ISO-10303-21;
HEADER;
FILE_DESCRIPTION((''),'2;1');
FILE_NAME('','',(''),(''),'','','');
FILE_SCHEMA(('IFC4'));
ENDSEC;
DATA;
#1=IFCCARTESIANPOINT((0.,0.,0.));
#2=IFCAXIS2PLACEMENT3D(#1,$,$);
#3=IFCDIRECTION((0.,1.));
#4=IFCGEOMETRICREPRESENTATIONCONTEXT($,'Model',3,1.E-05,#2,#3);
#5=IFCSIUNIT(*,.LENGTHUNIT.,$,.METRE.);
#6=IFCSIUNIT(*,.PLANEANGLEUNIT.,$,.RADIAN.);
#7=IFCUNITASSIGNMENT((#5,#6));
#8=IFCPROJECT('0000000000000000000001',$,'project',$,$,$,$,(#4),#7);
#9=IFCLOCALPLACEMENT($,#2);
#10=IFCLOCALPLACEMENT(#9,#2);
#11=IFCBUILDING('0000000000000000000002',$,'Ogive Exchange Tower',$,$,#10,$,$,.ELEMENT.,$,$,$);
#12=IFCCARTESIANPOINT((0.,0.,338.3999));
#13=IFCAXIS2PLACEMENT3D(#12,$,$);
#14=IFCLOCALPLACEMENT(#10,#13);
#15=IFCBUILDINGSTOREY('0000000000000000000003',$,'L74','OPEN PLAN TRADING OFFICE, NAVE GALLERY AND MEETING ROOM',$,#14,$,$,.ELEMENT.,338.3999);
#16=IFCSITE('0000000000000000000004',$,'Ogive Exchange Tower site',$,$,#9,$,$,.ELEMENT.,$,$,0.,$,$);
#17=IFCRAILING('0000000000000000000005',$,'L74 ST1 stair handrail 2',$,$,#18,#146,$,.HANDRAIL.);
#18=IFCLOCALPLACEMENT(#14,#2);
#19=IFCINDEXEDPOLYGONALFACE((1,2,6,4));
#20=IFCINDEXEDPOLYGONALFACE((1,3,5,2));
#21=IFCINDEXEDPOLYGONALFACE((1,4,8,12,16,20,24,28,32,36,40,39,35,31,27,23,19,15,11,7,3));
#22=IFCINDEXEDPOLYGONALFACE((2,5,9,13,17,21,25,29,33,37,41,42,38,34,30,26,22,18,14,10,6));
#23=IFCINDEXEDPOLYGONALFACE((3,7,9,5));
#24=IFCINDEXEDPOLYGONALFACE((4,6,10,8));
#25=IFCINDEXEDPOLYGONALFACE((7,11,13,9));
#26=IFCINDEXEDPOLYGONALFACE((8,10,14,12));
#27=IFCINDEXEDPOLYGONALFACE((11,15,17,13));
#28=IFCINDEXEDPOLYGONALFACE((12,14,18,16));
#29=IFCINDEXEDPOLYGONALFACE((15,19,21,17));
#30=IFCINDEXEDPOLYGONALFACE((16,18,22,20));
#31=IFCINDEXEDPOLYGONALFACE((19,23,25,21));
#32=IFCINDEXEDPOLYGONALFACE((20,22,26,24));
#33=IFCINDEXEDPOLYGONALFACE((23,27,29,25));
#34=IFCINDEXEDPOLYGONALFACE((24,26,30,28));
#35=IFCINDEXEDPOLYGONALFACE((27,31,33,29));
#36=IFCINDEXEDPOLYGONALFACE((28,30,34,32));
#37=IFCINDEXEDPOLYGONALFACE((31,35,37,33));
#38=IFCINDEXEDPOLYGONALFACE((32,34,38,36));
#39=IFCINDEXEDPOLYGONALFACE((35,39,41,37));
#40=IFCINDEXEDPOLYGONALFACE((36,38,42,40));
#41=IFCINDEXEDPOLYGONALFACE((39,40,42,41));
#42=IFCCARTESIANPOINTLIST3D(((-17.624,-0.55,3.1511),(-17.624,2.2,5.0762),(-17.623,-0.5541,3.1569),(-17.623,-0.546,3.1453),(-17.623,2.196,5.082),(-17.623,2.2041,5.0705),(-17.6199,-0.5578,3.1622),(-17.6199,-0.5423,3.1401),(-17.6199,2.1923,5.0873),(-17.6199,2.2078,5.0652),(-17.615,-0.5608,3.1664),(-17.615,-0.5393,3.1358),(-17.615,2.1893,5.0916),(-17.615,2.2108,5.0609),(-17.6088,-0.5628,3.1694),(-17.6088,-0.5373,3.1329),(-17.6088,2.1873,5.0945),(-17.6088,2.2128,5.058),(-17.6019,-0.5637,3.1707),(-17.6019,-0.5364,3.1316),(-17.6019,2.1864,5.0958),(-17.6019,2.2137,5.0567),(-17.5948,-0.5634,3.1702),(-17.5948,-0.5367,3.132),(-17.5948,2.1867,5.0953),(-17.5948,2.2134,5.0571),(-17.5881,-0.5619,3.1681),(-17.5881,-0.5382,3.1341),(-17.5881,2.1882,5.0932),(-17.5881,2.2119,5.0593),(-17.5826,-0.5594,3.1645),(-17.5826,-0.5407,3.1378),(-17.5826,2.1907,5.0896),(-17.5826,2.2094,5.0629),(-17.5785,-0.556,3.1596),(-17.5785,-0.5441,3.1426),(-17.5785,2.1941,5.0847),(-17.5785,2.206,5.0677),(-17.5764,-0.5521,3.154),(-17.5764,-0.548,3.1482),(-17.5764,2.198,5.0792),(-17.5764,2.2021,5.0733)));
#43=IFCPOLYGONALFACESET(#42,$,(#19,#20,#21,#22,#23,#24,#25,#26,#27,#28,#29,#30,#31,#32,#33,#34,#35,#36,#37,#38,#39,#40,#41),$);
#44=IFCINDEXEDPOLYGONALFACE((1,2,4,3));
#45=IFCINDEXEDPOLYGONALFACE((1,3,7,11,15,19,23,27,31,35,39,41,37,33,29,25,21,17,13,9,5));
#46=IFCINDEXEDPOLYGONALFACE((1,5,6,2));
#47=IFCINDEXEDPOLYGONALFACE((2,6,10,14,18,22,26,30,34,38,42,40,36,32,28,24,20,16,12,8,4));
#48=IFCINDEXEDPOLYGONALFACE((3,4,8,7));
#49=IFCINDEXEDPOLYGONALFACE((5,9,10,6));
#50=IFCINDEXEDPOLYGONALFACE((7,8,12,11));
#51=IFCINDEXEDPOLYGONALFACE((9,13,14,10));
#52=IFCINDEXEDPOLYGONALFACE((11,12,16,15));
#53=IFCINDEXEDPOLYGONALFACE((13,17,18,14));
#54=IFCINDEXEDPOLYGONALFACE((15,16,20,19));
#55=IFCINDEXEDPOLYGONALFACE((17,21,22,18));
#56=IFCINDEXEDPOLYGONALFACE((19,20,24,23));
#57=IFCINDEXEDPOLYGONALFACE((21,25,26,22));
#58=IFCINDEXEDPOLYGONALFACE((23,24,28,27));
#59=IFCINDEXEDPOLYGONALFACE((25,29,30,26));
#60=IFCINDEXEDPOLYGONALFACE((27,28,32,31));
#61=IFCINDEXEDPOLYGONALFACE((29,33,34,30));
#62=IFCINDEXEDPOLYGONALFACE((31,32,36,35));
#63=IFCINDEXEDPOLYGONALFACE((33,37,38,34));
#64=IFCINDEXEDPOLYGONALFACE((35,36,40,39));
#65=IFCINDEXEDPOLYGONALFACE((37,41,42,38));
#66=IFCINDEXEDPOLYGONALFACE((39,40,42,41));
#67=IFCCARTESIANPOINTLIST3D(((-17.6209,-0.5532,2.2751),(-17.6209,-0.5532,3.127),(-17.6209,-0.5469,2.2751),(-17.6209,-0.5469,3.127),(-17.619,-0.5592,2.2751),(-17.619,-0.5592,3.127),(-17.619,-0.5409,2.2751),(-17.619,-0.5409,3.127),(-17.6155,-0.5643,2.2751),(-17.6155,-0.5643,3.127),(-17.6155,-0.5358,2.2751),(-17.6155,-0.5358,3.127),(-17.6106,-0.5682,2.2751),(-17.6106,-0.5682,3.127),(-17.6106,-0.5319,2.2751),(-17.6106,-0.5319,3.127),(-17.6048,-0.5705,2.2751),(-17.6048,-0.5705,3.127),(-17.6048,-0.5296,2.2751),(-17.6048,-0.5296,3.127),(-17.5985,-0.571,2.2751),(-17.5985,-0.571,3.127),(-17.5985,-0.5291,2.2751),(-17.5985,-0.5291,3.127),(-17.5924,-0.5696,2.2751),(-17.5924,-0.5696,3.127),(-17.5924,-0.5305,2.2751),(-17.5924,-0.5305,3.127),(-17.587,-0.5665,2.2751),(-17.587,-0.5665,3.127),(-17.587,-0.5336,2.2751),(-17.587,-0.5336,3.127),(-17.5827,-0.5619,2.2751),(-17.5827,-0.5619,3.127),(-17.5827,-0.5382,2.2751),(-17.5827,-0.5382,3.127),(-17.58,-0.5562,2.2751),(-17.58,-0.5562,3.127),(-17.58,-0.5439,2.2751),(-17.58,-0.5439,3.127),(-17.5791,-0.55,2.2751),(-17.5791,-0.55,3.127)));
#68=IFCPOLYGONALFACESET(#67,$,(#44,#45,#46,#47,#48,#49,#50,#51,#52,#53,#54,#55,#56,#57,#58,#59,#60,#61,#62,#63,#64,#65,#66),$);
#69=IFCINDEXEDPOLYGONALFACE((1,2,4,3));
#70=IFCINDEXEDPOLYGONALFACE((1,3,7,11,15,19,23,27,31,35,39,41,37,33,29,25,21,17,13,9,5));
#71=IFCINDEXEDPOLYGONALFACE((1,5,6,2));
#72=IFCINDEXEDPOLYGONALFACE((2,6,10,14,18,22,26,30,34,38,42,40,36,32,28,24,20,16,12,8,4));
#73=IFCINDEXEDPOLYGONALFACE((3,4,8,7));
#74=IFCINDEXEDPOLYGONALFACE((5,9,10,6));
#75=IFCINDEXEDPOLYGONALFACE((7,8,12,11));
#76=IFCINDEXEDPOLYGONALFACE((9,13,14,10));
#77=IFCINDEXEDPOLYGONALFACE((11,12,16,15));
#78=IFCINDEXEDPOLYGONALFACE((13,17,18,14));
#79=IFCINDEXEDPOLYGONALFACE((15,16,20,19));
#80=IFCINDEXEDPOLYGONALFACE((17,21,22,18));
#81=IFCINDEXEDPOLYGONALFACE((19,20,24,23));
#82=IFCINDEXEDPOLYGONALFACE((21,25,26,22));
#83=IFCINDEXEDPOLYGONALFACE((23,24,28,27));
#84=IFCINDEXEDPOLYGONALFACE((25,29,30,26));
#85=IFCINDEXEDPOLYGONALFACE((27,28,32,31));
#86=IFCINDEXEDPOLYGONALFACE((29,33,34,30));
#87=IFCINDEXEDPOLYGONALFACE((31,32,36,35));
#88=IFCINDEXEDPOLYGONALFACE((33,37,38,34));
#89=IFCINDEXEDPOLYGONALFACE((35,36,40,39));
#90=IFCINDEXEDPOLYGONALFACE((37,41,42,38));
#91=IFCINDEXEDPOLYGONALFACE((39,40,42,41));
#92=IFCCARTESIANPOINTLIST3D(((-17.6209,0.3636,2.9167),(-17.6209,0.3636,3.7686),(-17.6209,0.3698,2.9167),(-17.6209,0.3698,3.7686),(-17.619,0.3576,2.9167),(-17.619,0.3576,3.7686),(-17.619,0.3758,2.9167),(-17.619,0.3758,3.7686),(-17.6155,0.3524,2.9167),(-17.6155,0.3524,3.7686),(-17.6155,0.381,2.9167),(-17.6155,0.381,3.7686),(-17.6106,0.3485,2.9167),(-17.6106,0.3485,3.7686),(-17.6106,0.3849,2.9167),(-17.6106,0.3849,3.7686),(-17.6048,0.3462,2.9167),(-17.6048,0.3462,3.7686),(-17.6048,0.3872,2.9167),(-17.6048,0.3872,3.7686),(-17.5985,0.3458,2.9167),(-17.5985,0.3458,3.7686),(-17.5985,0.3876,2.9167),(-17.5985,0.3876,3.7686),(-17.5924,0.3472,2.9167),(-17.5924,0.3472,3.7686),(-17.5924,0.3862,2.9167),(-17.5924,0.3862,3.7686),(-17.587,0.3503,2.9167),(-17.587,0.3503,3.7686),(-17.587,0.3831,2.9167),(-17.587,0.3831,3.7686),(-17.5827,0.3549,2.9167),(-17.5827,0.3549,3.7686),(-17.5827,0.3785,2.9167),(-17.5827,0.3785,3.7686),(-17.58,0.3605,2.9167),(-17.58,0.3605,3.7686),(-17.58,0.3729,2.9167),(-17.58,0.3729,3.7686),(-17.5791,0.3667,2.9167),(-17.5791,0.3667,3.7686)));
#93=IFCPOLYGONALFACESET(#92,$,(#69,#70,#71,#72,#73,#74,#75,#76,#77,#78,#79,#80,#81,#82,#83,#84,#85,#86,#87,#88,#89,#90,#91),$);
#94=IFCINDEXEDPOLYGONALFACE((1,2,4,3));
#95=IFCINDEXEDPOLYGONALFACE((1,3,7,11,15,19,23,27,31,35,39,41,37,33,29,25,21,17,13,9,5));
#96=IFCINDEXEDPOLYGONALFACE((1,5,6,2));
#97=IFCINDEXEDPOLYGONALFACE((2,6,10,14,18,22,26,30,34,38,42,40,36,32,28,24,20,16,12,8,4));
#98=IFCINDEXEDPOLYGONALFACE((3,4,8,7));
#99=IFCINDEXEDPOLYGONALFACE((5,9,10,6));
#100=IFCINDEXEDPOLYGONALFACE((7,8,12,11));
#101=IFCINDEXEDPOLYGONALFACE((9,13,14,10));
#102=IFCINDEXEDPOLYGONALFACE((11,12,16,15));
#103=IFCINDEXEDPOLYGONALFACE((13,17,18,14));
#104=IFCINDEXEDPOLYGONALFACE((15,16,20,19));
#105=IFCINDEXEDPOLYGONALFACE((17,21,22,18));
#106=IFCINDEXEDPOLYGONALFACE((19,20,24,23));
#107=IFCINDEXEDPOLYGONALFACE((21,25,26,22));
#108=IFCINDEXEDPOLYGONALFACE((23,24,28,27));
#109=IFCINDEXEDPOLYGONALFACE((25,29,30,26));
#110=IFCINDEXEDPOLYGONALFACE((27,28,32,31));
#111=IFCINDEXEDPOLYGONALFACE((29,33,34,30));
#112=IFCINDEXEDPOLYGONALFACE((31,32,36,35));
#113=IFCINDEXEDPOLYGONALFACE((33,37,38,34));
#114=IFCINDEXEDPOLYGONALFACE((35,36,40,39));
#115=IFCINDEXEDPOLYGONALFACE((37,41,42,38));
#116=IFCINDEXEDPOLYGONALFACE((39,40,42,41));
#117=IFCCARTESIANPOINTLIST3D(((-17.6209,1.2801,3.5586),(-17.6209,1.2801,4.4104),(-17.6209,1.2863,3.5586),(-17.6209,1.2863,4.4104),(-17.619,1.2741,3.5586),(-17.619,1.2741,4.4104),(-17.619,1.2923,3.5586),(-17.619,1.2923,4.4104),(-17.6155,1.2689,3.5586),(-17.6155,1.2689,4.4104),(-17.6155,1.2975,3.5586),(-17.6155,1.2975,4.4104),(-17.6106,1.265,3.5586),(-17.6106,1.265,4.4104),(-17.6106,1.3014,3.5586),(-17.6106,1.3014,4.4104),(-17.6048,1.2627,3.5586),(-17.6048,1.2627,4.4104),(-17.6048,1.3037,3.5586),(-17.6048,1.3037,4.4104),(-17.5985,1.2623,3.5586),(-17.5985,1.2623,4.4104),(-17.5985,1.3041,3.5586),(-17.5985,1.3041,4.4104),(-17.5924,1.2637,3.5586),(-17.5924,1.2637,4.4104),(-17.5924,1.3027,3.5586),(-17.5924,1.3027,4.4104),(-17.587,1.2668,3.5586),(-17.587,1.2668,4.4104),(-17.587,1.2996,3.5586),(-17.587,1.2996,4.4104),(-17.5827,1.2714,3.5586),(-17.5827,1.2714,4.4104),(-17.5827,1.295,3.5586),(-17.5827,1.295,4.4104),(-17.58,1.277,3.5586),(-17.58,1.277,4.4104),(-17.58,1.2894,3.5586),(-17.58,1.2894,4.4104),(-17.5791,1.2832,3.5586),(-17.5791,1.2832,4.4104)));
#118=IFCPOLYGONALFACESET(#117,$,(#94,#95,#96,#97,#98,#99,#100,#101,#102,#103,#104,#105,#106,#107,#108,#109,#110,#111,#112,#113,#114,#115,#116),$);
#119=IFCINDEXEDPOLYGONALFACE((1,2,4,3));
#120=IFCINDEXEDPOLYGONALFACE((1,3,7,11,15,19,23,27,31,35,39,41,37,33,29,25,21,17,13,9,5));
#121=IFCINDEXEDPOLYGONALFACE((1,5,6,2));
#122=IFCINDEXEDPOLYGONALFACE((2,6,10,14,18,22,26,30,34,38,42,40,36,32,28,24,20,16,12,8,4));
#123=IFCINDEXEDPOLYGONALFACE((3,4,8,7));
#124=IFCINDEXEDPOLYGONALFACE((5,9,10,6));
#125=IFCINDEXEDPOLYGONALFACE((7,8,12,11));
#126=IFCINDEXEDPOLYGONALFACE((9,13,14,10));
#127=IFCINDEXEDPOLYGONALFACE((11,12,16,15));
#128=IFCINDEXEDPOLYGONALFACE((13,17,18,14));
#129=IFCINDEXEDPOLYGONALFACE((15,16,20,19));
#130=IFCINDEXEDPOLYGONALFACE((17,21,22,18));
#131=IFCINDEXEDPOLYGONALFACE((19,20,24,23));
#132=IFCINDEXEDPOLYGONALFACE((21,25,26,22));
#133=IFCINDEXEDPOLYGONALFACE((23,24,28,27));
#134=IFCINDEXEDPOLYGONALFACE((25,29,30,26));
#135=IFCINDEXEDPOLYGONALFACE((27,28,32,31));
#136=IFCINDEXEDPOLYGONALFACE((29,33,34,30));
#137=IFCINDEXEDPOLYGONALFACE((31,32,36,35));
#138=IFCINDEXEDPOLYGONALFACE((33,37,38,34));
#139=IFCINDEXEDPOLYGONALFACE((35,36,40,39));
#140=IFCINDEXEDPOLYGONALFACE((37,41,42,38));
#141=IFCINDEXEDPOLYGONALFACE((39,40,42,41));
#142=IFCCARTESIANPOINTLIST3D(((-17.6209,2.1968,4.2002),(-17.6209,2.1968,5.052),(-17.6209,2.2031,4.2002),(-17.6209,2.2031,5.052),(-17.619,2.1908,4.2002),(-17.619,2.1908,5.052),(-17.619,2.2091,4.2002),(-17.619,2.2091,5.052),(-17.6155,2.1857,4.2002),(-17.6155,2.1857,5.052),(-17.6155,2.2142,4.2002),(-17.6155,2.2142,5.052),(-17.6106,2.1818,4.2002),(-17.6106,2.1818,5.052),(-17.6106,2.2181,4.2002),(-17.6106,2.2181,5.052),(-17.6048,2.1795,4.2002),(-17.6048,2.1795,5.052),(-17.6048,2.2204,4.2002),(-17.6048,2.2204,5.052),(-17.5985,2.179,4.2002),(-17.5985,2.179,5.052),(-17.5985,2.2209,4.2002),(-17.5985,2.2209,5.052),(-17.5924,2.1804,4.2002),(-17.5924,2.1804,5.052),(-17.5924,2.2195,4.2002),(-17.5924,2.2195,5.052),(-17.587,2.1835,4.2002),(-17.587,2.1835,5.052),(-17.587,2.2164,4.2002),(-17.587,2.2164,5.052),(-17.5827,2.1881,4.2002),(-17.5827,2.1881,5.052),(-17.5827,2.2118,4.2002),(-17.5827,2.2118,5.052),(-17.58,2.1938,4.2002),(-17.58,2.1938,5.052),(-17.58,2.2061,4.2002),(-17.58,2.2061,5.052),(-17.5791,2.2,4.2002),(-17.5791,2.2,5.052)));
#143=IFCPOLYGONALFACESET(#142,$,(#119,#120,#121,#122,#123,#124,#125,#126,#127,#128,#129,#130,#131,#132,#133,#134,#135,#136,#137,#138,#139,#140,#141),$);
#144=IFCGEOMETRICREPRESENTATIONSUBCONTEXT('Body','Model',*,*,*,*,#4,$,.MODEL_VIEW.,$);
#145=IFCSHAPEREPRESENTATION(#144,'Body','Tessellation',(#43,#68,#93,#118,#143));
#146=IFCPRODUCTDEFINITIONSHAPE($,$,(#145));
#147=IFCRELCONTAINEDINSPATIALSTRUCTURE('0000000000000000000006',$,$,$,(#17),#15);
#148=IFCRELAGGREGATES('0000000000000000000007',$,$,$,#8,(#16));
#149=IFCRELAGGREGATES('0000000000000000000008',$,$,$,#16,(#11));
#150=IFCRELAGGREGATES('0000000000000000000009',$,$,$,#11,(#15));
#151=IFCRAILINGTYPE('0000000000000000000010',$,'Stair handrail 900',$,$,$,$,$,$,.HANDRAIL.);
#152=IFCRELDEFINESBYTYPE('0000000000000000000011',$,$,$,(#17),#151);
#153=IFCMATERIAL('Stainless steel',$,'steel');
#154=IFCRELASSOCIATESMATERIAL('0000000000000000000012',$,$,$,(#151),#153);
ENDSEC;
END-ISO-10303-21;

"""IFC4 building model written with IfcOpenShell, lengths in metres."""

from ifc_helpers import new_model, si_unit, direction, frame, origin, origin_2d, place, context, subcontext, project, spatial, circle, extrude, material, type_object, element, save


model = new_model("IFC4")

# Units and contexts
model_context = context("Model", 3, precision=1e-05, world=origin(), true_north=direction((0.0, 1.0)))
body_context = subcontext(model_context, "Body", "Model", "MODEL_VIEW")
ifc_project = project(units=[si_unit("LENGTHUNIT", "METRE"), si_unit("PLANEANGLEUNIT", "RADIAN")], contexts=[model_context])

# Site, building, storey
site_placement = place(None, origin())
site = spatial("IfcSite", under=ifc_project, at=site_placement, Name="Ogive Exchange Tower site", CompositionType="ELEMENT", RefElevation=0.0)
building_placement = place(site_placement, origin())
building = spatial("IfcBuilding", under=site, at=building_placement, Name="Ogive Exchange Tower", CompositionType="ELEMENT")
storey_placement = place(building_placement, frame((0.0, 0.0, 338.3999)))
storey = spatial("IfcBuildingStorey", under=building, at=storey_placement, Name="L74", Description="OPEN PLAN TRADING OFFICE, NAVE GALLERY AND MEETING ROOM", CompositionType="ELEMENT", Elevation=338.3999)

# Shared definitions
ifc_material_1 = material(Name="Stainless steel", Category="steel")

# Railing
railing_type = type_object("IfcRailingType", Name="Stair handrail 900", PredefinedType="HANDRAIL", material=ifc_material_1)
railing_placement = place(storey_placement, frame((-17.6001, -0.55, 2.2751)))
element("IfcRailing", 1, at=railing_placement, inside=storey, type_object=railing_type, Name="L74 ST1 stair handrail 2", PredefinedType="HANDRAIL", context=body_context, shape_type="SweptSolid", body=[
    extrude(circle(Radius=0.0239, at=origin_2d()), frame((0.0, 0.0, 0.876), z_axis=(0.0, 0.819225, 0.573472), x_axis=(-1.0, 0.0, 0.0)), (0.0, 0.0, 1.0), 3.3569),
    extrude(circle(Radius=0.021, at=origin_2d()), origin(), (0.0, 0.0, 1.0), 0.8518),
    extrude(circle(Radius=0.021, at=origin_2d()), frame((0.0, 0.9167, 0.6416)), (0.0, 0.0, 1.0), 0.8518),
    extrude(circle(Radius=0.021, at=origin_2d()), frame((0.0, 1.8333, 1.2834)), (0.0, 0.0, 1.0), 0.8518),
    extrude(circle(Radius=0.021, at=origin_2d()), frame((0.0, 2.75, 1.925)), (0.0, 0.0, 1.0), 0.8518),
])

save(model, "model.ifc")
